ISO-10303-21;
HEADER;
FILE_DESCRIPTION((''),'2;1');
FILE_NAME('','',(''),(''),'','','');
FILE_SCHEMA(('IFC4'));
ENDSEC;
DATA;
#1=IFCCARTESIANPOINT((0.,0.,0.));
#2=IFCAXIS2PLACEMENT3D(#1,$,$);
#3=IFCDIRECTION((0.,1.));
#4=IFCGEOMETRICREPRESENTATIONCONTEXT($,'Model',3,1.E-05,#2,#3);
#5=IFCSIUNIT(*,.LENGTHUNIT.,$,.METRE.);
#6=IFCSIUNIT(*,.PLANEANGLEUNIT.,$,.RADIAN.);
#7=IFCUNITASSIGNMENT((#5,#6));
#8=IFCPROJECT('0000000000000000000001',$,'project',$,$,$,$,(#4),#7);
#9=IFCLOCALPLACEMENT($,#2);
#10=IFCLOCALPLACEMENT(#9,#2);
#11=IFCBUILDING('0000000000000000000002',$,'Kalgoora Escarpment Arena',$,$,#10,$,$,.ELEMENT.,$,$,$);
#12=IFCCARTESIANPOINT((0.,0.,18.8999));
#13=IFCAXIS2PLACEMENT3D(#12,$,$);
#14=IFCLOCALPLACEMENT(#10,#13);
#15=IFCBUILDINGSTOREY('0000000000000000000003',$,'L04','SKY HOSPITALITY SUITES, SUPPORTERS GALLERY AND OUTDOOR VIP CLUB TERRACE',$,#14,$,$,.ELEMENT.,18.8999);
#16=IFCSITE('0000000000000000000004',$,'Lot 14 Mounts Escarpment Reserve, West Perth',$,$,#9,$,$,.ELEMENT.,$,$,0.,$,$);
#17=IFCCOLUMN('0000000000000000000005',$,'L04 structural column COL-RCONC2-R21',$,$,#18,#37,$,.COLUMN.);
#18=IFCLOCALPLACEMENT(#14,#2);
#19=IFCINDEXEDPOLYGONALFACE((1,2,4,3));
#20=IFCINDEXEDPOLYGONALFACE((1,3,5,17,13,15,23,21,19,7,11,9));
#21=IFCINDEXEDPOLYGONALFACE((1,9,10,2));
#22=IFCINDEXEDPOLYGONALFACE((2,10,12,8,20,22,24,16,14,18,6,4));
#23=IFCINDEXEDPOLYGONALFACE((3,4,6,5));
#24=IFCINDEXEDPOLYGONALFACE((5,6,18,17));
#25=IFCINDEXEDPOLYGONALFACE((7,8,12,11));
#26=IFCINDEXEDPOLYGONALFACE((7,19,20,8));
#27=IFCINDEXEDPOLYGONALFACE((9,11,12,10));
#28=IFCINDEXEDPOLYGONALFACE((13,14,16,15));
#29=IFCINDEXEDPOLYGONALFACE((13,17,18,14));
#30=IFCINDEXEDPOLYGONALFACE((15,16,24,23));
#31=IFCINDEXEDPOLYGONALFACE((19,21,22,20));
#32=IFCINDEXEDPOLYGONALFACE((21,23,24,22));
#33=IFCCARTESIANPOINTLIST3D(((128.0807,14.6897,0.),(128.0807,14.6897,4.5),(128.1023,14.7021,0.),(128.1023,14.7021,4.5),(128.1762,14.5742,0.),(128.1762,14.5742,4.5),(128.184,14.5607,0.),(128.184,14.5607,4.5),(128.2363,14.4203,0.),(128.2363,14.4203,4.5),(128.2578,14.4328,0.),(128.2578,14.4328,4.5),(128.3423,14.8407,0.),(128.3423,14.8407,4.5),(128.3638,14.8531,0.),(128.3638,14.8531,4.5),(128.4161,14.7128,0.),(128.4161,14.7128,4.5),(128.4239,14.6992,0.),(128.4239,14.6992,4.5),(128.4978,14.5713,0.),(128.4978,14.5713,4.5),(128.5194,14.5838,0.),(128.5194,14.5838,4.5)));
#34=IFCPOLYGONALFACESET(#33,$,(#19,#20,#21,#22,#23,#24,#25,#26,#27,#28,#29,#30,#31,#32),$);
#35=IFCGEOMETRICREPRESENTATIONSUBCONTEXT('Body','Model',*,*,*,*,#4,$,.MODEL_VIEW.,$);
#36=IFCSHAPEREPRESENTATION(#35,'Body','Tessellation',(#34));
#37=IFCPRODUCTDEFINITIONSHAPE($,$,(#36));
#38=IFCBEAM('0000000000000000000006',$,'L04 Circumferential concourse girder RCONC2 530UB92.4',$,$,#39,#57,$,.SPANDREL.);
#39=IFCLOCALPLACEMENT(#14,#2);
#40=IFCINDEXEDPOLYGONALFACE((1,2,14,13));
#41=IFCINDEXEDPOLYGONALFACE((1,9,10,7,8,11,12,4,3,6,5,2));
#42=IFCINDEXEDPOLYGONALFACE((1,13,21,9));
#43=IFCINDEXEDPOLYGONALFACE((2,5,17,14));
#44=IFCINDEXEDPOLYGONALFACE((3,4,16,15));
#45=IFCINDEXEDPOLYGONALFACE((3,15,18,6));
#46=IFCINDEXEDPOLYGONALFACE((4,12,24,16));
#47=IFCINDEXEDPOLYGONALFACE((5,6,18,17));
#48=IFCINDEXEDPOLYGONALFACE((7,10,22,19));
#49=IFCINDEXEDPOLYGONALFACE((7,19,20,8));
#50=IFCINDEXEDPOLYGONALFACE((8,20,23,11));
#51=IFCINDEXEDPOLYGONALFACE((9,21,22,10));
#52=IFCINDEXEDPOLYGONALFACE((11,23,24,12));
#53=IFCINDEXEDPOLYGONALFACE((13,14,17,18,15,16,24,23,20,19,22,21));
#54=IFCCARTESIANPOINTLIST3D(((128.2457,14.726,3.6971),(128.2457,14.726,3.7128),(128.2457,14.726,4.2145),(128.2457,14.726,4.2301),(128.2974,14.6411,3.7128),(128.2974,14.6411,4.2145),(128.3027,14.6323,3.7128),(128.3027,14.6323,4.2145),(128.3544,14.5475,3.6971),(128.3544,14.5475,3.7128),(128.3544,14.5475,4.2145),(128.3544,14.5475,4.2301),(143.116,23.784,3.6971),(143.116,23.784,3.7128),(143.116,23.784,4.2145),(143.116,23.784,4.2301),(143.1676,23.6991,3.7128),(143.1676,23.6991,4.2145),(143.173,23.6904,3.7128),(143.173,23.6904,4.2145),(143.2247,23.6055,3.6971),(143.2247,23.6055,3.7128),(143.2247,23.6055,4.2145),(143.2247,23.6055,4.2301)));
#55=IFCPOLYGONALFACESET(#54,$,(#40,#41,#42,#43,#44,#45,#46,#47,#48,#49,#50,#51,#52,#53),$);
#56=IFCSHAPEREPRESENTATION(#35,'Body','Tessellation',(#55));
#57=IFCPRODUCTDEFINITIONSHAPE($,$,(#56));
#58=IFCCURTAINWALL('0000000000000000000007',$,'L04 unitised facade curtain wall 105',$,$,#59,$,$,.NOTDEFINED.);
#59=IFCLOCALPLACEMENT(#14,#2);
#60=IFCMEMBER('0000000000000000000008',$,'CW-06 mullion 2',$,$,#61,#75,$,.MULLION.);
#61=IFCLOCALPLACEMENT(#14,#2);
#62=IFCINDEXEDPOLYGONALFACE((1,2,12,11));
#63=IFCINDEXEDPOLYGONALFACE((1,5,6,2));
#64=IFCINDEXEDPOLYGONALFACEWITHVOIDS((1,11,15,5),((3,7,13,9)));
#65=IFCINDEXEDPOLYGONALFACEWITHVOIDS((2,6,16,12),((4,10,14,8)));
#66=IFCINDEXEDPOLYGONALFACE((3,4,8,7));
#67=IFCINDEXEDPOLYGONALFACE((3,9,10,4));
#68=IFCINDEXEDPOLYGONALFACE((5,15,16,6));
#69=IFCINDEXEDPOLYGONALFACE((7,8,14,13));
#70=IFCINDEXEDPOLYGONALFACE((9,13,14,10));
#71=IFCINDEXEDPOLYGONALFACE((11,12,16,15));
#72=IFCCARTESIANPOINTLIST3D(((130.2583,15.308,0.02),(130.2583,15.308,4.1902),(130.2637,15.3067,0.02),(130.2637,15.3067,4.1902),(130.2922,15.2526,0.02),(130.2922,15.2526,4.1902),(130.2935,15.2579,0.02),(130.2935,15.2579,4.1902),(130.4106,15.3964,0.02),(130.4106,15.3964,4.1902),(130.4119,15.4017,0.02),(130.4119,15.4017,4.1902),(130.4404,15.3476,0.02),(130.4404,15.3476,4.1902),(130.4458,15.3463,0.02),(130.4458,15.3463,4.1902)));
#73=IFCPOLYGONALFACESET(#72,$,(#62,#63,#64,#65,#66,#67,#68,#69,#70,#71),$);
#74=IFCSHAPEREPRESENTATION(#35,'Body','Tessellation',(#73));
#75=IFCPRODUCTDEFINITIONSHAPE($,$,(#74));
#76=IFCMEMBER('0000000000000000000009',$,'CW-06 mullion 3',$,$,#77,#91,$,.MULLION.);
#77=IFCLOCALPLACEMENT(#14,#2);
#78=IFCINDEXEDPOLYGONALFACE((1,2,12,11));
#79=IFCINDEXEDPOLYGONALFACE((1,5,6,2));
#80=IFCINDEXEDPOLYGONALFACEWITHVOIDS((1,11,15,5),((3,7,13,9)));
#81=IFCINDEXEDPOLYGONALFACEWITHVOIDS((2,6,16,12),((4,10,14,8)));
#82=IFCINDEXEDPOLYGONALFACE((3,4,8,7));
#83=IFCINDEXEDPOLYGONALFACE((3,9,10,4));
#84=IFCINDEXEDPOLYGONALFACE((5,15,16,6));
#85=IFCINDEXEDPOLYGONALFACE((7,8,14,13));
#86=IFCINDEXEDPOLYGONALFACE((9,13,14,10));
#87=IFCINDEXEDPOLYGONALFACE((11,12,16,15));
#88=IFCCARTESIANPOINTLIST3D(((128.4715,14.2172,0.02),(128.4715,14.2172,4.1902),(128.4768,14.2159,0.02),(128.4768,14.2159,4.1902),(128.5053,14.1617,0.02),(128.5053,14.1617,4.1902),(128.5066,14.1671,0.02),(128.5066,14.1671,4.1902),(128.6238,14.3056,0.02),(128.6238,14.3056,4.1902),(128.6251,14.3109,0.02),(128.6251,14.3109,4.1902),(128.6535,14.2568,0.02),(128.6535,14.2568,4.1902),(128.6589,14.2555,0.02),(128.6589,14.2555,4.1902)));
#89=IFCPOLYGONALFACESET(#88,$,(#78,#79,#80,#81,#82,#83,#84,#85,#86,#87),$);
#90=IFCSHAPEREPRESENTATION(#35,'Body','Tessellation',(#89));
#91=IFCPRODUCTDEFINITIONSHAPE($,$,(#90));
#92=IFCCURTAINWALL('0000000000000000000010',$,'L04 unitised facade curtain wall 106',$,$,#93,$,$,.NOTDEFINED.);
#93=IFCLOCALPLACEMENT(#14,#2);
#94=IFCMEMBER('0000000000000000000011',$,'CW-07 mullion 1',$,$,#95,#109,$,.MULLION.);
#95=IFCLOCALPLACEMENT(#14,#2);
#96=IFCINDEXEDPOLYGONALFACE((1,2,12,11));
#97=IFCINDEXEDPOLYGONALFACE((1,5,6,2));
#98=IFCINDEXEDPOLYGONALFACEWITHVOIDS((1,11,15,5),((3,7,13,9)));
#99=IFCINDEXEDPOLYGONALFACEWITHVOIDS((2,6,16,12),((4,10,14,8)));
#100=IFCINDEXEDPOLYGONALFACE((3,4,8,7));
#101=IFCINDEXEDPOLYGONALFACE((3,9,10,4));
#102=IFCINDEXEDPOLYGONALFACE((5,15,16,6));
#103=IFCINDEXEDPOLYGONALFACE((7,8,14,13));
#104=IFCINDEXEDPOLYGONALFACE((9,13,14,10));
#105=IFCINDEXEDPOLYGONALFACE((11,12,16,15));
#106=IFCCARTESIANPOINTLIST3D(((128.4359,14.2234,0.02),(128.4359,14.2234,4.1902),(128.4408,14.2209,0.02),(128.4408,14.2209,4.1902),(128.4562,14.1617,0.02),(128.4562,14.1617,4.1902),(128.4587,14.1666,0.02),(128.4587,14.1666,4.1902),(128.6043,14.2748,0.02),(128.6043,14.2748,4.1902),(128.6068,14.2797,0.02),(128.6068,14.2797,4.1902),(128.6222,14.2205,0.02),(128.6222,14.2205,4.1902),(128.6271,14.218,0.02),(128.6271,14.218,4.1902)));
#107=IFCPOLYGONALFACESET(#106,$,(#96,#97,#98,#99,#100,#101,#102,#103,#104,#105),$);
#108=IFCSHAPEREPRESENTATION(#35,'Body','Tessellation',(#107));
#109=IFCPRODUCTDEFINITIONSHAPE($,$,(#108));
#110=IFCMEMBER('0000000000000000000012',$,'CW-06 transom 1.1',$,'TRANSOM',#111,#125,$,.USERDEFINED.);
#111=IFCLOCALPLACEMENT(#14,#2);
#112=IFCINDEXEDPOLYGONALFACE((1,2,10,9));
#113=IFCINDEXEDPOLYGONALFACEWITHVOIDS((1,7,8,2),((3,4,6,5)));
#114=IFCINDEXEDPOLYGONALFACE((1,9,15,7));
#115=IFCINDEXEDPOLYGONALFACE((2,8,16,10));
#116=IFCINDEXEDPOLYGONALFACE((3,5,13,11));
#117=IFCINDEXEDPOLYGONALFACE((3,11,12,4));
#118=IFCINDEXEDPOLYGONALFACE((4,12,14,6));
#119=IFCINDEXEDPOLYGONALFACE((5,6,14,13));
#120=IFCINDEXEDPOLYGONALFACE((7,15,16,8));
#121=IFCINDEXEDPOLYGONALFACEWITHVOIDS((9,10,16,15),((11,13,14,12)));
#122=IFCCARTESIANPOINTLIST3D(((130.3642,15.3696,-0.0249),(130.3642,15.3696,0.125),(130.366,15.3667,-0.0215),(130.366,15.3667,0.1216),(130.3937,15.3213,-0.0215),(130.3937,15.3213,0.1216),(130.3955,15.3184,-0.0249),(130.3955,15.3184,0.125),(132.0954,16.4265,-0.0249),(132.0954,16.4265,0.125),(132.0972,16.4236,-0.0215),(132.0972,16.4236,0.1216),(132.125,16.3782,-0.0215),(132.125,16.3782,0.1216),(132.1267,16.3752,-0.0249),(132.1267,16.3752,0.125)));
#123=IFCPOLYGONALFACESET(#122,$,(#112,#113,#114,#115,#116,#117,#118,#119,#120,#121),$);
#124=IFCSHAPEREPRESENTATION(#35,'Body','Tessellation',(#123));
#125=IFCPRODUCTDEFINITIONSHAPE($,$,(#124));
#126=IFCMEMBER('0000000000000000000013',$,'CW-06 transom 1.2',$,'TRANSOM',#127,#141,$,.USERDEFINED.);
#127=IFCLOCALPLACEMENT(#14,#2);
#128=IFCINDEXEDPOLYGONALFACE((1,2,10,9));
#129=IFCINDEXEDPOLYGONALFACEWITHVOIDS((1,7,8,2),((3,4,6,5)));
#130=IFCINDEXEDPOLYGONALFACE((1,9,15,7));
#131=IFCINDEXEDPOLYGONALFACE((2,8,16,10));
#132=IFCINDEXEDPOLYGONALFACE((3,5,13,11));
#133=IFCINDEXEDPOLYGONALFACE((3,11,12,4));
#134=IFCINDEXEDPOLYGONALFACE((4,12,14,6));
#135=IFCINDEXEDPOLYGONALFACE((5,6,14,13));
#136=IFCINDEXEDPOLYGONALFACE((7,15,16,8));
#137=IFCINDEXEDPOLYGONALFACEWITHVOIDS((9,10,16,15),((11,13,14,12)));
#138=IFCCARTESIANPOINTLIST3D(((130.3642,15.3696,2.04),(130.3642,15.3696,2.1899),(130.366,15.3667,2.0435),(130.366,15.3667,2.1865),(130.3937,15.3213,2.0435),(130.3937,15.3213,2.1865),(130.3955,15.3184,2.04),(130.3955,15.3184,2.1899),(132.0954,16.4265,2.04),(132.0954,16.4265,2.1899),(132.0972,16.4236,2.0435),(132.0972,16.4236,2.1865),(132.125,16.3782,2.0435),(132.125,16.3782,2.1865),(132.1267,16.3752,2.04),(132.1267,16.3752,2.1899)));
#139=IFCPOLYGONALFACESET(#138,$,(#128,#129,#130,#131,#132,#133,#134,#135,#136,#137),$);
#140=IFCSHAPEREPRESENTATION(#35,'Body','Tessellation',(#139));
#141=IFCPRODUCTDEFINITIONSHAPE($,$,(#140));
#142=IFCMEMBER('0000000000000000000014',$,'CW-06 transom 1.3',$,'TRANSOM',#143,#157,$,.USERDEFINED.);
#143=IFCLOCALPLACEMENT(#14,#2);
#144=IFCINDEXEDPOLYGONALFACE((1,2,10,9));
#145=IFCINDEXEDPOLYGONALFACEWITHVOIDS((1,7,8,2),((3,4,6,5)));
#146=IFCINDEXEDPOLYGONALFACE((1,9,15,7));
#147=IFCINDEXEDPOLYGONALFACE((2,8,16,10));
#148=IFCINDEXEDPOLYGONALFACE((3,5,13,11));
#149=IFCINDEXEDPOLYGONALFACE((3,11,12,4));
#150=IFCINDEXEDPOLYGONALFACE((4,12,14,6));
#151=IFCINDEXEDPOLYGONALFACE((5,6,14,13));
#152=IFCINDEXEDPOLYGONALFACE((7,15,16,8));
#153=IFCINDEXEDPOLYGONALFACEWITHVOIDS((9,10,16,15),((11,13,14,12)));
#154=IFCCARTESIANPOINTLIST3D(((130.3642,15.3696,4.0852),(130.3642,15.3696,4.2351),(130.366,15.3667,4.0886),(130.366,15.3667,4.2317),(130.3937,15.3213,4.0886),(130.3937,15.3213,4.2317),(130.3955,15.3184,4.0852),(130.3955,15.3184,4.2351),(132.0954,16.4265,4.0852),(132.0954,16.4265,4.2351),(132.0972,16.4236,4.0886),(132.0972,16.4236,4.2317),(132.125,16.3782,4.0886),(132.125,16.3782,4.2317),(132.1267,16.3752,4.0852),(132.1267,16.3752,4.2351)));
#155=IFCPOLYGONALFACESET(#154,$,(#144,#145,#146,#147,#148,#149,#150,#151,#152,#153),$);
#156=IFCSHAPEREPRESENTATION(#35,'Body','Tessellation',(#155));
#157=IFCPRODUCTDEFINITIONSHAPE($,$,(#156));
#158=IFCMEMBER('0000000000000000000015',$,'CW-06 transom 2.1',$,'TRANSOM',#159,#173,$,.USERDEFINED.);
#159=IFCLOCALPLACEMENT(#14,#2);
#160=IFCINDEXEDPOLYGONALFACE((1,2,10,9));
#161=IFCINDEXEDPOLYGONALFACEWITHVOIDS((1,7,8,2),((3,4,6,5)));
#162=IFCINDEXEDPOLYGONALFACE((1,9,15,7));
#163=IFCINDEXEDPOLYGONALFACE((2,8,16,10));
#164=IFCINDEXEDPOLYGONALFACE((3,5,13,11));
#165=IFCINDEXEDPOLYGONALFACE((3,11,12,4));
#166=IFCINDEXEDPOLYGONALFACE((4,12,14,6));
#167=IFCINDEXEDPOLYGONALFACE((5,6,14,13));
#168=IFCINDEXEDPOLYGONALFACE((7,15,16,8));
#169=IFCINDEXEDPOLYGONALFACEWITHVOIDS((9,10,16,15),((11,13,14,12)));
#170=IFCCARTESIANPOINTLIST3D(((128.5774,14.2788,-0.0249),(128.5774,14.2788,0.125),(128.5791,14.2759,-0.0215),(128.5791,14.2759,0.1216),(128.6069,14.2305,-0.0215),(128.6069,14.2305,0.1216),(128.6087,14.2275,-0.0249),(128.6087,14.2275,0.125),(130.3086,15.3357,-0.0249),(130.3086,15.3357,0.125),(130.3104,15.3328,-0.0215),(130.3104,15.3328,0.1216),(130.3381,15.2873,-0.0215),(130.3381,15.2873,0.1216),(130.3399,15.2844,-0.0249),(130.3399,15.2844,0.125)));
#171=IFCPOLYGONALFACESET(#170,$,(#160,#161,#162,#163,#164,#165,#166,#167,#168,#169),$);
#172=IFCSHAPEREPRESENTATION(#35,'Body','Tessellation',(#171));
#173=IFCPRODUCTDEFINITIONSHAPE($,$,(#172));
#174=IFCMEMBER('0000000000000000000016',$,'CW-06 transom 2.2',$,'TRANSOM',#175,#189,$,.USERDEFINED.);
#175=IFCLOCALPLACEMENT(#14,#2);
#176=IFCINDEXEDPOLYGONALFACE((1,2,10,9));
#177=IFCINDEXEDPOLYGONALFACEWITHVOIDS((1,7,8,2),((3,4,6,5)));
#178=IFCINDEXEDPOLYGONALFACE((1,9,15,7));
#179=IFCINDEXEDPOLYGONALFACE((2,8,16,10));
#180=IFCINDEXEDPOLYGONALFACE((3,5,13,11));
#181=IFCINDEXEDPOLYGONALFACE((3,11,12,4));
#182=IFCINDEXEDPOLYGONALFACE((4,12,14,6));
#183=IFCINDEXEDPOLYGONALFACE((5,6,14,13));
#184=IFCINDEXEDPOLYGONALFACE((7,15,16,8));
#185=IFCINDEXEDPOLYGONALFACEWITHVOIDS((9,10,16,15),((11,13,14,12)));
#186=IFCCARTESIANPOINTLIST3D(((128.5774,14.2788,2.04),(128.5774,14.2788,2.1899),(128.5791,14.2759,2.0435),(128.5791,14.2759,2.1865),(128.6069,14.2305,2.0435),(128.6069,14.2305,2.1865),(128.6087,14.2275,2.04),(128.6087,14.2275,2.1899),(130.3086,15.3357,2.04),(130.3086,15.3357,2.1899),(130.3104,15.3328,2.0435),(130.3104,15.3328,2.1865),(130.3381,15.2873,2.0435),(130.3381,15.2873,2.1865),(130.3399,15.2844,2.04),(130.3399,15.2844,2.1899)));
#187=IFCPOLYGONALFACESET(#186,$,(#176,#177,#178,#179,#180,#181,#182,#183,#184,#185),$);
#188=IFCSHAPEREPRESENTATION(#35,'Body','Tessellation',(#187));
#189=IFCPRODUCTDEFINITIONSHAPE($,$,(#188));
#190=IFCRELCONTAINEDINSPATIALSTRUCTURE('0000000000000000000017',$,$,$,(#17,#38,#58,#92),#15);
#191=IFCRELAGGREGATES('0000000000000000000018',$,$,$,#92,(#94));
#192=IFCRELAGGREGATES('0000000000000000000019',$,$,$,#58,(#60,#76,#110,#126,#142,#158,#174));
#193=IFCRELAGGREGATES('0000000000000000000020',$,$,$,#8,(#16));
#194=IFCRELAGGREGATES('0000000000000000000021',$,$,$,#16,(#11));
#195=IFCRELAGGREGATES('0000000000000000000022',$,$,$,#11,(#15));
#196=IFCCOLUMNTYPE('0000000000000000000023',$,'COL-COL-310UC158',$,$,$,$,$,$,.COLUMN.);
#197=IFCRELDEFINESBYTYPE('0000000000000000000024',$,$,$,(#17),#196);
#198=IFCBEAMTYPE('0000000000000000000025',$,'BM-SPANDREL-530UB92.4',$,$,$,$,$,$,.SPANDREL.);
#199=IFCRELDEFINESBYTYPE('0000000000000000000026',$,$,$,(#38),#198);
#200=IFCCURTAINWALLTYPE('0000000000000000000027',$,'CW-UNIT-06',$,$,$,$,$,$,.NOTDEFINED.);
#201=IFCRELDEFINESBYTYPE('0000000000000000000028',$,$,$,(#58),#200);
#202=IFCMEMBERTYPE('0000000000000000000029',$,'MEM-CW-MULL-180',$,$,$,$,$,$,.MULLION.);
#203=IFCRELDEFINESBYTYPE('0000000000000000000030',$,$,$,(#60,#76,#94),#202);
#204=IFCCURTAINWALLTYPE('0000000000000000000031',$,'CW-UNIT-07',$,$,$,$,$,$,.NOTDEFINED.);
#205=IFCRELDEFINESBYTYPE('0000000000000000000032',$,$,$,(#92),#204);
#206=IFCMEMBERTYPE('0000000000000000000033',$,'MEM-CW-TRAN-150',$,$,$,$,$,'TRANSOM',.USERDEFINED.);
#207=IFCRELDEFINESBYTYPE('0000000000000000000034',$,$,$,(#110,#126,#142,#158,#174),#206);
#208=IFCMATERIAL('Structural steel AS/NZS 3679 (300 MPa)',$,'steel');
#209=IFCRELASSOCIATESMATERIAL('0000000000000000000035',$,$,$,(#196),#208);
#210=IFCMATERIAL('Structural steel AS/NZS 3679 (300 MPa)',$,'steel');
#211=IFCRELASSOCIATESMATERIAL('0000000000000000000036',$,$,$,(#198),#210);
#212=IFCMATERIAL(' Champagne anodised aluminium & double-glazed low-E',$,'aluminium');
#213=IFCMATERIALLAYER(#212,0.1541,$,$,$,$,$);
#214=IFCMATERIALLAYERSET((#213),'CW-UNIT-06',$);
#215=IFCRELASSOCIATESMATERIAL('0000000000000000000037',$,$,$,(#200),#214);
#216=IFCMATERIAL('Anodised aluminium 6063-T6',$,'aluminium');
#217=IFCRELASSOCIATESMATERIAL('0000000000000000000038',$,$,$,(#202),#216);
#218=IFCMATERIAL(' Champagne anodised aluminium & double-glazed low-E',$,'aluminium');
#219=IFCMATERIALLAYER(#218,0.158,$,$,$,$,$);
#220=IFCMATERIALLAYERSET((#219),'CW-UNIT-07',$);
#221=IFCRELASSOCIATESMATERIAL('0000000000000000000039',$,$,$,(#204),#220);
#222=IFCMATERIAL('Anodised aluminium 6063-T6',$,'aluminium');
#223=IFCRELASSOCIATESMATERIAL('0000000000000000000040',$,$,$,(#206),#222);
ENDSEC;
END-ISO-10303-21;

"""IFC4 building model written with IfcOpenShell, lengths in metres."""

from ifc_helpers import new_model, si_unit, direction, frame, origin, origin_2d, place, context, subcontext, project, spatial, hollow_rectangle, i_section, extrude, material, layer, layer_set, material_profile, profile_set, type_object, element, aggregate, save


model = new_model("IFC4")

# Units and contexts
model_context = context("Model", 3, precision=1e-05, world=origin(), true_north=direction((0.0, 1.0)))
body_context = subcontext(model_context, "Body", "Model", "MODEL_VIEW")
ifc_project = project(units=[si_unit("LENGTHUNIT", "METRE"), si_unit("PLANEANGLEUNIT", "RADIAN")], contexts=[model_context])

# Site, building, storey
site_placement = place(None, origin())
site = spatial("IfcSite", under=ifc_project, at=site_placement, Name="Lot 14 Mounts Escarpment Reserve, West Perth", CompositionType="ELEMENT", RefElevation=0.0)
building_placement = place(site_placement, origin())
building = spatial("IfcBuilding", under=site, at=building_placement, Name="Kalgoora Escarpment Arena", CompositionType="ELEMENT")
storey_placement = place(building_placement, frame((0.0, 0.0, 18.8999)))
storey = spatial("IfcBuildingStorey", under=building, at=storey_placement, Name="L04", Description="SKY HOSPITALITY SUITES, SUPPORTERS GALLERY AND OUTDOOR VIP CLUB TERRACE", CompositionType="ELEMENT", Elevation=18.8999)

# Column
ifc_material_1 = material(Name="Structural steel AS/NZS 3679 (300 MPa)", Category="steel")
ifc_material_profile_1 = material_profile(ifc_material_1, i_section(OverallWidth=0.311, OverallDepth=0.3269, WebThickness=0.0156, FlangeThickness=0.0249, at=origin_2d()))
ifc_profile_set_1 = profile_set([ifc_material_profile_1], Name="Structural steel AS/NZS 3679 (300 MPa)")
column_type = type_object("IfcColumnType", Name="COL-COL-310UC158", PredefinedType="COLUMN", material=ifc_profile_set_1)
column_placement = place(storey_placement, frame((128.3, 14.6367, 0.0), z_axis=(0.0, 0.0, 1.0), x_axis=(0.5, -0.866025, 0.0)))
element("IfcColumn", 1, at=column_placement, inside=storey, type_object=column_type, Name="L04 structural column COL-RCONC2-R21", PredefinedType="COLUMN", context=body_context, shape_type="SweptSolid", body=[
    extrude(i_section(OverallWidth=0.311, OverallDepth=0.3269, WebThickness=0.0156, FlangeThickness=0.0249, at=origin_2d()), origin(), (0.0, 0.0, 1.0), 4.5),
])

# Beam
ifc_material_2 = material(Name="Structural steel AS/NZS 3679 (300 MPa)", Category="steel")
ifc_material_profile_2 = material_profile(ifc_material_2, i_section(OverallWidth=0.209, OverallDepth=0.533, WebThickness=0.0103, FlangeThickness=0.0156, at=origin_2d()))
ifc_profile_set_2 = profile_set([ifc_material_profile_2], Name="Structural steel AS/NZS 3679 (300 MPa)")
beam_type = type_object("IfcBeamType", Name="BM-SPANDREL-530UB92.4", PredefinedType="SPANDREL", material=ifc_profile_set_2)
beam_placement = place(storey_placement, frame((128.3, 14.6367, 3.9636), z_axis=(0.854031, 0.520223, 0.0), x_axis=(-0.520223, 0.854031, 0.0)))
element("IfcBeam", 2, at=beam_placement, inside=storey, type_object=beam_type, Name="L04 Circumferential concourse girder RCONC2 530UB92.4", PredefinedType="SPANDREL", context=body_context, shape_type="SweptSolid", body=[
    extrude(i_section(OverallWidth=0.209, OverallDepth=0.533, WebThickness=0.0103, FlangeThickness=0.0156, at=origin_2d()), origin(), (0.0, 0.0, 1.0), 17.4119),
])

# Curtain wall, members
ifc_material_3 = material(Name=" Champagne anodised aluminium & double-glazed low-E", Category="aluminium")
ifc_layer_1 = layer(ifc_material_3, 0.1541)
ifc_layer_set_1 = layer_set([ifc_layer_1], Name="CW-UNIT-06")
curtain_wall_type_1 = type_object("IfcCurtainWallType", Name="CW-UNIT-06", PredefinedType="NOTDEFINED", material=ifc_layer_set_1)
curtain_wall_1_placement = place(storey_placement, origin())
curtain_wall_1 = element("IfcCurtainWall", 3, at=curtain_wall_1_placement, inside=storey, type_object=curtain_wall_type_1, Name="L04 unitised facade curtain wall 105", PredefinedType="NOTDEFINED")
ifc_material_4 = material(Name="Anodised aluminium 6063-T6", Category="aluminium")
ifc_material_profile_3 = material_profile(ifc_material_4, hollow_rectangle(XDim=0.0649, YDim=0.1799, WallThickness=0.0039, at=origin_2d()))
ifc_profile_set_3 = profile_set([ifc_material_profile_3], Name="Anodised aluminium 6063-T6")
member_type_1 = type_object("IfcMemberType", Name="MEM-CW-MULL-180", PredefinedType="MULLION", material=ifc_profile_set_3)
member_1_placement = place(storey_placement, frame((130.3521, 15.3271, 0.02), z_axis=(0.0, 0.0, 1.0), x_axis=(0.521059, -0.853521, 0.0)))
member_1 = element("IfcMember", 4, at=member_1_placement, type_object=member_type_1, Name="CW-06 mullion 2", PredefinedType="MULLION", context=body_context, shape_type="SweptSolid", body=[
    extrude(hollow_rectangle(XDim=0.0649, YDim=0.1799, WallThickness=0.0039, at=origin_2d()), origin(), (0.0, 0.0, 1.0), 4.1702),
])
member_2_placement = place(storey_placement, frame((128.5652, 14.2363, 0.02), z_axis=(0.0, 0.0, 1.0), x_axis=(0.521059, -0.853521, 0.0)))
member_2 = element("IfcMember", 5, at=member_2_placement, type_object=member_type_1, Name="CW-06 mullion 3", PredefinedType="MULLION", context=body_context, shape_type="SweptSolid", body=[
    extrude(hollow_rectangle(XDim=0.0649, YDim=0.1799, WallThickness=0.0039, at=origin_2d()), origin(), (0.0, 0.0, 1.0), 4.1702),
])

# Curtain wall, member
ifc_material_5 = material(Name=" Champagne anodised aluminium & double-glazed low-E", Category="aluminium")
ifc_layer_2 = layer(ifc_material_5, 0.158)
ifc_layer_set_2 = layer_set([ifc_layer_2], Name="CW-UNIT-07")
curtain_wall_type_2 = type_object("IfcCurtainWallType", Name="CW-UNIT-07", PredefinedType="NOTDEFINED", material=ifc_layer_set_2)
curtain_wall_2_placement = place(storey_placement, origin())
curtain_wall_2 = element("IfcCurtainWall", 6, at=curtain_wall_2_placement, inside=storey, type_object=curtain_wall_type_2, Name="L04 unitised facade curtain wall 106", PredefinedType="NOTDEFINED")
member_3_placement = place(storey_placement, frame((128.5315, 14.2207, 0.02), z_axis=(0.0, 0.0, 1.0), x_axis=(0.312986, -0.949758, 0.0)))
member_3 = element("IfcMember", 7, at=member_3_placement, type_object=member_type_1, Name="CW-07 mullion 1", PredefinedType="MULLION", context=body_context, shape_type="SweptSolid", body=[
    extrude(hollow_rectangle(XDim=0.0649, YDim=0.1799, WallThickness=0.0039, at=origin_2d()), origin(), (0.0, 0.0, 1.0), 4.1702),
])

# Members
ifc_material_6 = material(Name="Anodised aluminium 6063-T6", Category="aluminium")
ifc_material_profile_4 = material_profile(ifc_material_6, hollow_rectangle(XDim=0.0601, YDim=0.1499, WallThickness=0.0034, at=origin_2d()))
ifc_profile_set_4 = profile_set([ifc_material_profile_4], Name="Anodised aluminium 6063-T6")
member_type_2 = type_object("IfcMemberType", Name="MEM-CW-TRAN-150", ElementType="TRANSOM", PredefinedType="USERDEFINED", material=ifc_profile_set_4)
member_4_placement = place(storey_placement, frame((132.1111, 16.4009, 0.05), z_axis=(-0.853517, -0.521065, 0.0), x_axis=(0.521065, -0.853517, 0.0)))
member_4 = element("IfcMember", 8, at=member_4_placement, type_object=member_type_2, Name="CW-06 transom 1.1", ObjectType="TRANSOM", PredefinedType="USERDEFINED", context=body_context, shape_type="SweptSolid", body=[
    extrude(hollow_rectangle(XDim=0.0601, YDim=0.1499, WallThickness=0.0034, at=origin_2d()), origin(), (0.0, 0.0, 1.0), 2.0283),
])
member_5_placement = place(storey_placement, frame((132.1111, 16.4009, 2.115), z_axis=(-0.853517, -0.521065, 0.0), x_axis=(0.521065, -0.853517, 0.0)))
member_5 = element("IfcMember", 9, at=member_5_placement, type_object=member_type_2, Name="CW-06 transom 1.2", ObjectType="TRANSOM", PredefinedType="USERDEFINED", context=body_context, shape_type="SweptSolid", body=[
    extrude(hollow_rectangle(XDim=0.0601, YDim=0.1499, WallThickness=0.0034, at=origin_2d()), origin(), (0.0, 0.0, 1.0), 2.0283),
])
member_6_placement = place(storey_placement, frame((132.1111, 16.4009, 4.1602), z_axis=(-0.853517, -0.521065, 0.0), x_axis=(0.521065, -0.853517, 0.0)))
member_6 = element("IfcMember", 10, at=member_6_placement, type_object=member_type_2, Name="CW-06 transom 1.3", ObjectType="TRANSOM", PredefinedType="USERDEFINED", context=body_context, shape_type="SweptSolid", body=[
    extrude(hollow_rectangle(XDim=0.0601, YDim=0.1499, WallThickness=0.0034, at=origin_2d()), origin(), (0.0, 0.0, 1.0), 2.0283),
])
member_7_placement = place(storey_placement, frame((130.3242, 15.3101, 0.05), z_axis=(-0.853517, -0.521065, 0.0), x_axis=(0.521065, -0.853517, 0.0)))
member_7 = element("IfcMember", 11, at=member_7_placement, type_object=member_type_2, Name="CW-06 transom 2.1", ObjectType="TRANSOM", PredefinedType="USERDEFINED", context=body_context, shape_type="SweptSolid", body=[
    extrude(hollow_rectangle(XDim=0.0601, YDim=0.1499, WallThickness=0.0034, at=origin_2d()), origin(), (0.0, 0.0, 1.0), 2.0283),
])
member_8_placement = place(storey_placement, frame((130.3242, 15.3101, 2.115), z_axis=(-0.853517, -0.521065, 0.0), x_axis=(0.521065, -0.853517, 0.0)))
member_8 = element("IfcMember", 12, at=member_8_placement, type_object=member_type_2, Name="CW-06 transom 2.2", ObjectType="TRANSOM", PredefinedType="USERDEFINED", context=body_context, shape_type="SweptSolid", body=[
    extrude(hollow_rectangle(XDim=0.0601, YDim=0.1499, WallThickness=0.0034, at=origin_2d()), origin(), (0.0, 0.0, 1.0), 2.0283),
])

aggregate(curtain_wall_2, [member_3])
aggregate(curtain_wall_1, [member_1, member_2, member_4, member_5, member_6, member_7, member_8])

save(model, "model.ifc")
